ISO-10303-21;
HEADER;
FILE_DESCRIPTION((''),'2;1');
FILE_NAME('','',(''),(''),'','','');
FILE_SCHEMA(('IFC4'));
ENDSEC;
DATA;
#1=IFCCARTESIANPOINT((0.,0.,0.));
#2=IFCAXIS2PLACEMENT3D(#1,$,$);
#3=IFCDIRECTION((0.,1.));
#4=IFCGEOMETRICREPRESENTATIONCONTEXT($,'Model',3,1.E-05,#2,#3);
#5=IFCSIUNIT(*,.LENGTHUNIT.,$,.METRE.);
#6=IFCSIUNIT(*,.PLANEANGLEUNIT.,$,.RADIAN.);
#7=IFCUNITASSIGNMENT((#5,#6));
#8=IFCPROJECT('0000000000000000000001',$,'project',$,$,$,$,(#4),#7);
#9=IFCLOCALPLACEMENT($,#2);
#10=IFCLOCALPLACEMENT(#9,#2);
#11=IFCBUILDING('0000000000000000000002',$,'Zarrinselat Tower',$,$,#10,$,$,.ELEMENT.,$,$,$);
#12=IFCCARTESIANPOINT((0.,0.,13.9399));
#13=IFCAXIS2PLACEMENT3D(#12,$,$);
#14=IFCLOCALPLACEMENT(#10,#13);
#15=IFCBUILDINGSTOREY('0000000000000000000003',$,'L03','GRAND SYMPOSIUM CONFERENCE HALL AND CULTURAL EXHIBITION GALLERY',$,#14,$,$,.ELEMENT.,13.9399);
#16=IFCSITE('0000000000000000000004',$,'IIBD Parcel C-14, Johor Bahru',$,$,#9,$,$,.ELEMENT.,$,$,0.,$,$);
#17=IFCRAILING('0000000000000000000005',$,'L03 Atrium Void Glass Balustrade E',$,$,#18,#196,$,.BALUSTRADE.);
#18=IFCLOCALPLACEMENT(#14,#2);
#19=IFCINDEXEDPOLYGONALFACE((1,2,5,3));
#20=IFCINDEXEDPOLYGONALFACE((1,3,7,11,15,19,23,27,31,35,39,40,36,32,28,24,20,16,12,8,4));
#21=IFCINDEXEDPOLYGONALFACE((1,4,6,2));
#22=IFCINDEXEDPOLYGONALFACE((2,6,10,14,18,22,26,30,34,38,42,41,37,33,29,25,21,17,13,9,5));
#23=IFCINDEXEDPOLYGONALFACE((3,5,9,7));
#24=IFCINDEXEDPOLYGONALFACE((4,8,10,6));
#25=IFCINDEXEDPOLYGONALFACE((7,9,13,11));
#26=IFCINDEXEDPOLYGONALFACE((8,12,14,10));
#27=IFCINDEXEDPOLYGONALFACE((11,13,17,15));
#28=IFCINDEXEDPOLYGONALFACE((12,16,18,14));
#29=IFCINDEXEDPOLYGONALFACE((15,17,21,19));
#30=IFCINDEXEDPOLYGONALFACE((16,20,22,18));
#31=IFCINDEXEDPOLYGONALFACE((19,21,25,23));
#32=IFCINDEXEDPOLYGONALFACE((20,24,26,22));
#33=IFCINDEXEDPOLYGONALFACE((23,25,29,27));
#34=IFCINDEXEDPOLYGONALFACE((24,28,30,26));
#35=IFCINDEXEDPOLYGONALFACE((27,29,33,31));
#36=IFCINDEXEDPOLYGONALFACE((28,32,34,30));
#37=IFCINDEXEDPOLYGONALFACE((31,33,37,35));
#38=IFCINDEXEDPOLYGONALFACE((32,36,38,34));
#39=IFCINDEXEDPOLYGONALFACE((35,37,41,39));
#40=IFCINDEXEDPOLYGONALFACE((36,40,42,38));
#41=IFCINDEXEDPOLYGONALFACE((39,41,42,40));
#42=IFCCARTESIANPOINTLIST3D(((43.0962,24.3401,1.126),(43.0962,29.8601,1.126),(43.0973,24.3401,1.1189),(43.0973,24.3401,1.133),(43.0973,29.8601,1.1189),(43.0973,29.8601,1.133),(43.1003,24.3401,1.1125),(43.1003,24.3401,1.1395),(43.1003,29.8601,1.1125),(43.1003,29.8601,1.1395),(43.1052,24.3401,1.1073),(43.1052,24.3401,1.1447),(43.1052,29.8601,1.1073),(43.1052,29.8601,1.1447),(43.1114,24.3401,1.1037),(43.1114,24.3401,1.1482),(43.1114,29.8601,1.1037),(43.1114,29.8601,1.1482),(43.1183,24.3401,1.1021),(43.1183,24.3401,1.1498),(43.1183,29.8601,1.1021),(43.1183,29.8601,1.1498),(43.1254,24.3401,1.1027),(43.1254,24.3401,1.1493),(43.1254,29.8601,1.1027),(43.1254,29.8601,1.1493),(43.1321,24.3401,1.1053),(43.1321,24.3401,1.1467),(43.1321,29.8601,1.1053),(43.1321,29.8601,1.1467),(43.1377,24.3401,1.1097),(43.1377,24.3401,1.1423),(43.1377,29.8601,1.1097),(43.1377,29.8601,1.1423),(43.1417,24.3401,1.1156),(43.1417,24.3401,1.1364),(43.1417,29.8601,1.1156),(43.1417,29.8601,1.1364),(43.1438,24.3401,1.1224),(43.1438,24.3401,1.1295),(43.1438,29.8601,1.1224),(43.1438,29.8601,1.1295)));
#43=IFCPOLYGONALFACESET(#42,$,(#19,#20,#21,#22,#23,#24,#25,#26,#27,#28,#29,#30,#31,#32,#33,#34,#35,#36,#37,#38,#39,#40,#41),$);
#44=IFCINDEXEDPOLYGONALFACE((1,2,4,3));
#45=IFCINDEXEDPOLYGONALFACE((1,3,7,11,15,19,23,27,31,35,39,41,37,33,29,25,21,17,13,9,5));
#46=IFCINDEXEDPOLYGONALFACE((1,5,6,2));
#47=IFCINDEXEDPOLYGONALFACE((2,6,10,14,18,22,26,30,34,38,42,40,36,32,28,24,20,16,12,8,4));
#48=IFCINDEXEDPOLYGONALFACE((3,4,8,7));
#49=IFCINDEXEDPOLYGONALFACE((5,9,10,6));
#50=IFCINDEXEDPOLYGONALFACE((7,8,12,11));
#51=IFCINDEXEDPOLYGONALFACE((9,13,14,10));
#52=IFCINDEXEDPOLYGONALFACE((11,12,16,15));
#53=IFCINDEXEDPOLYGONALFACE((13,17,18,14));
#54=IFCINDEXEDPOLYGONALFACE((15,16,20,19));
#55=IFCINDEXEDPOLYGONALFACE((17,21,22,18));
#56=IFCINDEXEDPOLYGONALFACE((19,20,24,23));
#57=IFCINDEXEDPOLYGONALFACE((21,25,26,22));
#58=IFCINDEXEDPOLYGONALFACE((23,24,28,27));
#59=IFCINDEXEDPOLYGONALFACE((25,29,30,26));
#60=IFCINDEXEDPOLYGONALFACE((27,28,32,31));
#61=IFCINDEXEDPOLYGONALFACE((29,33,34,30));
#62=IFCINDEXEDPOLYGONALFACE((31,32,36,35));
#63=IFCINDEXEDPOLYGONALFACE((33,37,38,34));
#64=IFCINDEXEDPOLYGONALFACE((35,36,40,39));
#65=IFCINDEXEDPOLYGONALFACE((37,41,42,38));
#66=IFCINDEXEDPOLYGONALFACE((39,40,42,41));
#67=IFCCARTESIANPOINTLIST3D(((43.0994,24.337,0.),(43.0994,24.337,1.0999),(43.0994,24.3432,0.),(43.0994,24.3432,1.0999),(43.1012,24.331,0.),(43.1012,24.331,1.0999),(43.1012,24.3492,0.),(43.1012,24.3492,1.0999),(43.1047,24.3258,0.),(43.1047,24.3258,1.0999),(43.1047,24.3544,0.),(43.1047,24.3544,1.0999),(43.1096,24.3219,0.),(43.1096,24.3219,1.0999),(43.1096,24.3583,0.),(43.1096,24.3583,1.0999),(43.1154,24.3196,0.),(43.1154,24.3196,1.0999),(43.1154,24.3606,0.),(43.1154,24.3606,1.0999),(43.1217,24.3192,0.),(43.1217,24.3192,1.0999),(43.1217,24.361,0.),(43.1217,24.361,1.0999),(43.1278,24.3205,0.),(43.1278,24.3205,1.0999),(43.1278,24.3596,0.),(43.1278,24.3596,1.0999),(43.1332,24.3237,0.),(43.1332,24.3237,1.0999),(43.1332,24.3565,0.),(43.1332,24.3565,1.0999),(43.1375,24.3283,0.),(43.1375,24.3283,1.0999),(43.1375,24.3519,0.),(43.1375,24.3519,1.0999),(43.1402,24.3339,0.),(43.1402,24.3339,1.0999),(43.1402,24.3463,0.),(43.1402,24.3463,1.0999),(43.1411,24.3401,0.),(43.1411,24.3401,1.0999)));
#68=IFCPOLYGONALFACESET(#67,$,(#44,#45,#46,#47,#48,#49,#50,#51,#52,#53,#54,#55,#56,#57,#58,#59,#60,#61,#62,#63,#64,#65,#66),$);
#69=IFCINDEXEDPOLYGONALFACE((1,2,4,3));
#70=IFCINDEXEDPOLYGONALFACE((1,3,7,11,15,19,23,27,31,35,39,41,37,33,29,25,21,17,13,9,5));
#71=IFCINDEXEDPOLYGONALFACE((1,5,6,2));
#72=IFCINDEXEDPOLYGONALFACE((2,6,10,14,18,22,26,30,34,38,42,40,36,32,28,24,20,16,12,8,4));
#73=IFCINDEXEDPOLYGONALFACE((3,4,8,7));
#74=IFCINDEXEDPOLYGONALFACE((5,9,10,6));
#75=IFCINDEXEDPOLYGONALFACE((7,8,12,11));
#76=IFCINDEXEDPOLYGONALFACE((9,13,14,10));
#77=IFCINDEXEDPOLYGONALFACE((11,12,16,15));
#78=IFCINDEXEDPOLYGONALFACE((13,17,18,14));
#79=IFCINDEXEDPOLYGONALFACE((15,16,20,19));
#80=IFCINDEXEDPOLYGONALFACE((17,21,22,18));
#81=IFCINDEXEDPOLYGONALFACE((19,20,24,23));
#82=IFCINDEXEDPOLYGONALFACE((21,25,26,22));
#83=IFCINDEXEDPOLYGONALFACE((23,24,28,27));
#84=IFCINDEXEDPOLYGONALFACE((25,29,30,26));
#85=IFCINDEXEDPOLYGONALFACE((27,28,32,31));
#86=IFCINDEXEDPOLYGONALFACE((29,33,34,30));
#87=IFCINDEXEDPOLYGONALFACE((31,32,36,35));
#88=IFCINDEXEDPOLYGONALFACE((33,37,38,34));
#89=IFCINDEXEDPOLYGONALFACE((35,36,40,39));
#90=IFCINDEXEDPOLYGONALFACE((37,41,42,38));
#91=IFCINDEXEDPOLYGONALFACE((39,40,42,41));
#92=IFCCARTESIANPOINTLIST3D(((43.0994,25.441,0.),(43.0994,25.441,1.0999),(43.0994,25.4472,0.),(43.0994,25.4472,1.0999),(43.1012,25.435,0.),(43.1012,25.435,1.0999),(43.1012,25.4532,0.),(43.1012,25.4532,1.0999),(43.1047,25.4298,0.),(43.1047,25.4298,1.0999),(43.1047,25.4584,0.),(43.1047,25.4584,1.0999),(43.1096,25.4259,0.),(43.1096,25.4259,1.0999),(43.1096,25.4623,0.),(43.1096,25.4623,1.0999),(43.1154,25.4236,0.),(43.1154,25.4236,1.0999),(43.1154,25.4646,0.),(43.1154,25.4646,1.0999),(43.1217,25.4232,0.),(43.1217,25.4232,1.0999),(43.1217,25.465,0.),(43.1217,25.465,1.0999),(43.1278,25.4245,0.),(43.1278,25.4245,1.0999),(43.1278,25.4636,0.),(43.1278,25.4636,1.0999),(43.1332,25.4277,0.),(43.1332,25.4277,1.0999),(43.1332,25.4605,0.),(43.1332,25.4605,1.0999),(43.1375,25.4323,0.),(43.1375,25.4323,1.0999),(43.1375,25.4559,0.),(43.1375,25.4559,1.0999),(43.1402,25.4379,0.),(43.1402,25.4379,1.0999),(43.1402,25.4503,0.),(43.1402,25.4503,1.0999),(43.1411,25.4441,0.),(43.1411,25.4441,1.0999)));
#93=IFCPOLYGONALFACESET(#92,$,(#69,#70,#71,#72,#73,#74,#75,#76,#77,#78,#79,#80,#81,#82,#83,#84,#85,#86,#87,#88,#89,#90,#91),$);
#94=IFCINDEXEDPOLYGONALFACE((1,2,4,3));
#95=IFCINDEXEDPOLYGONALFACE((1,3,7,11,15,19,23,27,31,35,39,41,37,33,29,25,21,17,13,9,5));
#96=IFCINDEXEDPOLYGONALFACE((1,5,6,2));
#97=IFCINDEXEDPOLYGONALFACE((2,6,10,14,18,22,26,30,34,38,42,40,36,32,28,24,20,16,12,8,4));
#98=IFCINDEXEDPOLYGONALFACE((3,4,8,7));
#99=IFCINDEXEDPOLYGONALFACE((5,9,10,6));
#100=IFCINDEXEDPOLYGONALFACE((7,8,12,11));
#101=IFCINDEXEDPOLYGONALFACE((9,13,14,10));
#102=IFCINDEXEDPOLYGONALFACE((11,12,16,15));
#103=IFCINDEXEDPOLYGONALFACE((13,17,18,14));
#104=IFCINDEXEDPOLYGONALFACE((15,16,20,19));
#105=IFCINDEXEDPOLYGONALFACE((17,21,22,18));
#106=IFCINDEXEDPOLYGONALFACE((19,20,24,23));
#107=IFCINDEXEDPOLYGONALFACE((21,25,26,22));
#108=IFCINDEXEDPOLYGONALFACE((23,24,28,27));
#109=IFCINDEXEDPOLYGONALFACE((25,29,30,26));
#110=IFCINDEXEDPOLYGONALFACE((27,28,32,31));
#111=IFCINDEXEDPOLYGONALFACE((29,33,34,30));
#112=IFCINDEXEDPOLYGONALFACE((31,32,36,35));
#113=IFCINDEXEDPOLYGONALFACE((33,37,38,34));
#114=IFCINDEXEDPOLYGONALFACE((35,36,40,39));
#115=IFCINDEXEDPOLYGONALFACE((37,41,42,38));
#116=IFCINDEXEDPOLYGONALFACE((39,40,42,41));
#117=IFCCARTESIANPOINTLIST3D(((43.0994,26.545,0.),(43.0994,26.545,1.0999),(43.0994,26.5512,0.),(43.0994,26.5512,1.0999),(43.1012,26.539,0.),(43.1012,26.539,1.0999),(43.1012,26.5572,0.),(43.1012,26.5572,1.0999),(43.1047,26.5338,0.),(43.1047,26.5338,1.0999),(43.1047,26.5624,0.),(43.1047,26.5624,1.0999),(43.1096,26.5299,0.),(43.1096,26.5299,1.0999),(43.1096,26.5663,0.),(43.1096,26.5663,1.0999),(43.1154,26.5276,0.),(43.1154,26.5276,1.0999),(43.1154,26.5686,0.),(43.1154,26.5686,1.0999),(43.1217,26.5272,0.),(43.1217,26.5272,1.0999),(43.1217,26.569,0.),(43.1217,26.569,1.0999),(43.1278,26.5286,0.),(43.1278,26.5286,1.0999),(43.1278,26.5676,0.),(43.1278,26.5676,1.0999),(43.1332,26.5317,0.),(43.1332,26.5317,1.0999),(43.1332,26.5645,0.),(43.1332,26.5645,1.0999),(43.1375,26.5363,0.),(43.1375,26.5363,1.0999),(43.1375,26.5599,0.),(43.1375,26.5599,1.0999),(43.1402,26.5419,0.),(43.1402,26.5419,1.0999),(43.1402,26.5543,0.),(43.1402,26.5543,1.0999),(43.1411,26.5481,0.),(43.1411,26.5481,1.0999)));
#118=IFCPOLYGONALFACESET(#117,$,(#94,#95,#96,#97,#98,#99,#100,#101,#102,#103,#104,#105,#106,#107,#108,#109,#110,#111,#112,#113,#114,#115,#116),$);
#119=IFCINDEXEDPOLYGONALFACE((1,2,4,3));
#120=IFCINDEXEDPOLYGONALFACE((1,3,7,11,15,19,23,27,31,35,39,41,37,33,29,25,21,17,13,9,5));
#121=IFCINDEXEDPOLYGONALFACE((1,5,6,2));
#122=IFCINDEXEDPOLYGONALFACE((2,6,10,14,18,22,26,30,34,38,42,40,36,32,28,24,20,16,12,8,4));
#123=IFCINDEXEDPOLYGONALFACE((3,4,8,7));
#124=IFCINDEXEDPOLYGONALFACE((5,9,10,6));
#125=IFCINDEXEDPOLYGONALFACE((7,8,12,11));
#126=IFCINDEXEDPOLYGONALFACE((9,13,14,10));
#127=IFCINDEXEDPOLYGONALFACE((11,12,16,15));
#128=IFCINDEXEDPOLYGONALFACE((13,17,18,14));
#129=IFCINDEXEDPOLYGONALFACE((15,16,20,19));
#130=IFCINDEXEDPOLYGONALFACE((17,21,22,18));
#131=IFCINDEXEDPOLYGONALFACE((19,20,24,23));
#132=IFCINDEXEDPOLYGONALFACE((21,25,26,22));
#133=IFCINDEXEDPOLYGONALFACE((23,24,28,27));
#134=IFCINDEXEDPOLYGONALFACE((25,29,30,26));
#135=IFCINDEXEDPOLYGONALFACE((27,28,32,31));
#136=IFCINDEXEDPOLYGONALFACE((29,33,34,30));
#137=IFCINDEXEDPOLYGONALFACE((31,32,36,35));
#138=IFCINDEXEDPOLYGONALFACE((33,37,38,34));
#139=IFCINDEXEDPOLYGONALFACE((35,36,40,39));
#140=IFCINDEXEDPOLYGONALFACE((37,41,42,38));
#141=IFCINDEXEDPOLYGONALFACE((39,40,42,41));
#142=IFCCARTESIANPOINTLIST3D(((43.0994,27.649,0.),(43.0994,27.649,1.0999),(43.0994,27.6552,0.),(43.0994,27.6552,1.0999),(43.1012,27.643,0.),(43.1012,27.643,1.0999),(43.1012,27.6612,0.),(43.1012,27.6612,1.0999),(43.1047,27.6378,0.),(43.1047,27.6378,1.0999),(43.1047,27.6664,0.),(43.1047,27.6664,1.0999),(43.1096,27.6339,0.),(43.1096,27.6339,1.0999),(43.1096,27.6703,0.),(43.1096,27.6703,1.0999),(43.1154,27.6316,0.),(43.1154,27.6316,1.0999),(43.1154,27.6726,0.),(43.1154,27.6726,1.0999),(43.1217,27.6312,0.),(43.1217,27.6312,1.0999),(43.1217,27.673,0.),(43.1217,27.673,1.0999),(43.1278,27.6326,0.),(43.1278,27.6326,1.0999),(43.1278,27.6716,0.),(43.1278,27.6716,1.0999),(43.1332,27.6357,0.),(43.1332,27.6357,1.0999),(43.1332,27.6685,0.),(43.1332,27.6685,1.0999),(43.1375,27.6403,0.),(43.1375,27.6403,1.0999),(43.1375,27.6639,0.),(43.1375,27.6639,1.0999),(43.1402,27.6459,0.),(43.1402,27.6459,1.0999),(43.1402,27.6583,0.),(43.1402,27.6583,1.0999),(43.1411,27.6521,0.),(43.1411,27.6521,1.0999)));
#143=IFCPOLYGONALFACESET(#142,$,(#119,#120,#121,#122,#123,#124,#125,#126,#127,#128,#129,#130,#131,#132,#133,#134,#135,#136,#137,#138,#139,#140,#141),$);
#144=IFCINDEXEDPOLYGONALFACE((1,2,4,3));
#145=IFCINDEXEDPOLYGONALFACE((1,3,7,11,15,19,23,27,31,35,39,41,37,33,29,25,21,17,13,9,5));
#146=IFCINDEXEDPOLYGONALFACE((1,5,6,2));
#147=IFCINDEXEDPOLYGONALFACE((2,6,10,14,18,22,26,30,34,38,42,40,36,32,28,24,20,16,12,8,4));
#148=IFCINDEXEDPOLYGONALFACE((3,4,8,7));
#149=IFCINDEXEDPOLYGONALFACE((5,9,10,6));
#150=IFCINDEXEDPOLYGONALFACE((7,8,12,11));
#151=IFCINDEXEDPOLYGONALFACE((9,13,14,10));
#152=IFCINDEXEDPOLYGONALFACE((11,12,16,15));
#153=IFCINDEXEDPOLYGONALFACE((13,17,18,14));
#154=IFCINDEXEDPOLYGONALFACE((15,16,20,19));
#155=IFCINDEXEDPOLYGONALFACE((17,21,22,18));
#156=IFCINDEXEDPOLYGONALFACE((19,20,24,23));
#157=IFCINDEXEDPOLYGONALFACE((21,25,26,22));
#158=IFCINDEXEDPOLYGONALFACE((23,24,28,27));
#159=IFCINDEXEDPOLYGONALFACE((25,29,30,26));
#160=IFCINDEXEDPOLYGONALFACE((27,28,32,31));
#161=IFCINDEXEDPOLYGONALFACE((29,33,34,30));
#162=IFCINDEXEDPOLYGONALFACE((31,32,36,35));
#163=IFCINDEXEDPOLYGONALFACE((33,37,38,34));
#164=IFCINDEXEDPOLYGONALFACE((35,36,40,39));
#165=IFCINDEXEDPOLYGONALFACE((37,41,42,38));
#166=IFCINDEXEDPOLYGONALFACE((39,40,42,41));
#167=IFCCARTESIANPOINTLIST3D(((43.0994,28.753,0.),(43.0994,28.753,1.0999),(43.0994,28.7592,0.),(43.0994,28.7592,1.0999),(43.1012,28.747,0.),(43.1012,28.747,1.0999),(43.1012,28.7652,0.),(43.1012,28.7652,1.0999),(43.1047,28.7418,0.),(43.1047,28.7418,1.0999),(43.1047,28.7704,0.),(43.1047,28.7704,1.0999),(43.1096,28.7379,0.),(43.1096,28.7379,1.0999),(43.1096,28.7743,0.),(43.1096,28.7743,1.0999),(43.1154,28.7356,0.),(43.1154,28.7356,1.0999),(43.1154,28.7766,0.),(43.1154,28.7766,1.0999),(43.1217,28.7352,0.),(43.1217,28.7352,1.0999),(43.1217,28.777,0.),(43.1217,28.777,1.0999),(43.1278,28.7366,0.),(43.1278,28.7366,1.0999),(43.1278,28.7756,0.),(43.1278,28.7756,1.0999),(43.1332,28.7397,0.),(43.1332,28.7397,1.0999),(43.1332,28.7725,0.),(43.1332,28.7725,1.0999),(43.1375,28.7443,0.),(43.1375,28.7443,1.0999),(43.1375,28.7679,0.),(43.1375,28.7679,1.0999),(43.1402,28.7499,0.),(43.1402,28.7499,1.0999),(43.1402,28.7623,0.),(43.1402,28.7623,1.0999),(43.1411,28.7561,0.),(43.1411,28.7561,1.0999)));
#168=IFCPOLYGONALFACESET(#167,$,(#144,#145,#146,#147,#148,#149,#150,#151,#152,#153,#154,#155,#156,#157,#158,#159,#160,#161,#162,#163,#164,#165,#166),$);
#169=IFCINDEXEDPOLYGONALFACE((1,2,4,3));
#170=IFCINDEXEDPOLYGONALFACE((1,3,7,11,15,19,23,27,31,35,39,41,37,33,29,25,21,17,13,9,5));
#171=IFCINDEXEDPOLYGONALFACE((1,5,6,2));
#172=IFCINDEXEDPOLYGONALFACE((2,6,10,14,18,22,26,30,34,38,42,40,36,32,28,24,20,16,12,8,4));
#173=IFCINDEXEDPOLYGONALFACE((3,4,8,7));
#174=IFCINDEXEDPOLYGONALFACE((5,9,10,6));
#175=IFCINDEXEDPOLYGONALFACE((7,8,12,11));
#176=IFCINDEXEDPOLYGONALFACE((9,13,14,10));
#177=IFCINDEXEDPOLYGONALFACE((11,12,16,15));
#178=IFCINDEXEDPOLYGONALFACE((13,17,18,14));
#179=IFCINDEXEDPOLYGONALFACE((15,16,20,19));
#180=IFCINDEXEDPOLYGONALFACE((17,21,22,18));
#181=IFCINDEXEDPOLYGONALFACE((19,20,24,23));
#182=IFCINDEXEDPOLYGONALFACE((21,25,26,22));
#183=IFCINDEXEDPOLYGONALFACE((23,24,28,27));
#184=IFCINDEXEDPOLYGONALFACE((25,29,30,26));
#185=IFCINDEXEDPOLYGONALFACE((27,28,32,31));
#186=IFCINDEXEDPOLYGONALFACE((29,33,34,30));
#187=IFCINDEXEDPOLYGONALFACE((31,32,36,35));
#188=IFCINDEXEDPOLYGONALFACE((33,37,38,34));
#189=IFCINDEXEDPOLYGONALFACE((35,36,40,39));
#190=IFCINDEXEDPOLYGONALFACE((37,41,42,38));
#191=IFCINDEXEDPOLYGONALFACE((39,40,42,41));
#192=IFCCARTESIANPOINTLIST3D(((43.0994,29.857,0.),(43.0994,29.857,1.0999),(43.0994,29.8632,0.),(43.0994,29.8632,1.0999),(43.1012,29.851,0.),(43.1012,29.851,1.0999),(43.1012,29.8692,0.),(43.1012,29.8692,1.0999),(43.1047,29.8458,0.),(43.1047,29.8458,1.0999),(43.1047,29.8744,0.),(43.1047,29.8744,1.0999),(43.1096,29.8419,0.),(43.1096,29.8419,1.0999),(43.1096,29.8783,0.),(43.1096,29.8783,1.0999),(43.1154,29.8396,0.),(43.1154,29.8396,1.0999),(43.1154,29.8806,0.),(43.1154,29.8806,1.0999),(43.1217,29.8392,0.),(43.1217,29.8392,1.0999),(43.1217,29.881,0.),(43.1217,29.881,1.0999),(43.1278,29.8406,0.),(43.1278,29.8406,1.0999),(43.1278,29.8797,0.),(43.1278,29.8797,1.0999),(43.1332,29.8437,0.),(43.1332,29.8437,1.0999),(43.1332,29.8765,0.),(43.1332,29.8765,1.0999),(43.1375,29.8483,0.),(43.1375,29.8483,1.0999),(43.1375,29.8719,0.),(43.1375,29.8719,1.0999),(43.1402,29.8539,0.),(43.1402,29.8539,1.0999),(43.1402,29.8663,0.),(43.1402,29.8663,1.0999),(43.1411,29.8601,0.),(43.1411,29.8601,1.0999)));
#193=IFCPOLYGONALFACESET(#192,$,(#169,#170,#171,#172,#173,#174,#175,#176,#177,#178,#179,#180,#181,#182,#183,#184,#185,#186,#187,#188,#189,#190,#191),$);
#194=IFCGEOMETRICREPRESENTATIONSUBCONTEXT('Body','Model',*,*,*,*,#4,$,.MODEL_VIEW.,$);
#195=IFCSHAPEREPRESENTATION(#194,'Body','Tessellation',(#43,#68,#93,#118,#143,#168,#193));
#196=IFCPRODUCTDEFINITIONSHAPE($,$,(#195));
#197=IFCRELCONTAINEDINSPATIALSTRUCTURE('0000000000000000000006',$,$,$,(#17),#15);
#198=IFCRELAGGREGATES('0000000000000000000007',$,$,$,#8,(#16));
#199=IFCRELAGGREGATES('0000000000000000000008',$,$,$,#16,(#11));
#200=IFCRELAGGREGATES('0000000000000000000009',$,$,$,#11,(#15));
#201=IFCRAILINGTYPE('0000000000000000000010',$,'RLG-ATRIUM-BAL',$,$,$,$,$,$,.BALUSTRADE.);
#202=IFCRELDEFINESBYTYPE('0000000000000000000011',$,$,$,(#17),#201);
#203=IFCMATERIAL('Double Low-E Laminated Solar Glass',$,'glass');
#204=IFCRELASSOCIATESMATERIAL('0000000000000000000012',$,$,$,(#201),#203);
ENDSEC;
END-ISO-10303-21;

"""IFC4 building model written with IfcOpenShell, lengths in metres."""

from ifc_helpers import new_model, si_unit, direction, frame, origin, origin_2d, place, context, subcontext, project, spatial, circle, extrude, material, type_object, element, save


model = new_model("IFC4")

# Units and contexts
model_context = context("Model", 3, precision=1e-05, world=origin(), true_north=direction((0.0, 1.0)))
body_context = subcontext(model_context, "Body", "Model", "MODEL_VIEW")
ifc_project = project(units=[si_unit("LENGTHUNIT", "METRE"), si_unit("PLANEANGLEUNIT", "RADIAN")], contexts=[model_context])

# Site, building, storey
site_placement = place(None, origin())
site = spatial("IfcSite", under=ifc_project, at=site_placement, Name="IIBD Parcel C-14, Johor Bahru", CompositionType="ELEMENT", RefElevation=0.0)
building_placement = place(site_placement, origin())
building = spatial("IfcBuilding", under=site, at=building_placement, Name="Zarrinselat Tower", CompositionType="ELEMENT")
storey_placement = place(building_placement, frame((0.0, 0.0, 13.9399)))
storey = spatial("IfcBuildingStorey", under=building, at=storey_placement, Name="L03", Description="GRAND SYMPOSIUM CONFERENCE HALL AND CULTURAL EXHIBITION GALLERY", CompositionType="ELEMENT", Elevation=13.9399)

# Railing
ifc_material_1 = material(Name="Double Low-E Laminated Solar Glass", Category="glass")
railing_type = type_object("IfcRailingType", Name="RLG-ATRIUM-BAL", PredefinedType="BALUSTRADE", material=ifc_material_1)
railing_placement = place(storey_placement, frame((43.1201, 24.3401, 0.0)))
element("IfcRailing", 1, at=railing_placement, inside=storey, type_object=railing_type, Name="L03 Atrium Void Glass Balustrade E", PredefinedType="BALUSTRADE", context=body_context, shape_type="SweptSolid", body=[
    extrude(circle(Radius=0.0239, at=origin_2d()), frame((0.0, 0.0, 1.126), z_axis=(0.0, 1.0, 0.0), x_axis=(-1.0, 0.0, 0.0)), (0.0, 0.0, 1.0), 5.52),
    extrude(circle(Radius=0.021, at=origin_2d()), origin(), (0.0, 0.0, 1.0), 1.0999),
    extrude(circle(Radius=0.021, at=origin_2d()), frame((0.0, 1.104, 0.0)), (0.0, 0.0, 1.0), 1.0999),
    extrude(circle(Radius=0.021, at=origin_2d()), frame((0.0, 2.208, 0.0)), (0.0, 0.0, 1.0), 1.0999),
    extrude(circle(Radius=0.021, at=origin_2d()), frame((0.0, 3.312, 0.0)), (0.0, 0.0, 1.0), 1.0999),
    extrude(circle(Radius=0.021, at=origin_2d()), frame((0.0, 4.416, 0.0)), (0.0, 0.0, 1.0), 1.0999),
    extrude(circle(Radius=0.021, at=origin_2d()), frame((0.0, 5.52, 0.0)), (0.0, 0.0, 1.0), 1.0999),
])

save(model, "model.ifc")
